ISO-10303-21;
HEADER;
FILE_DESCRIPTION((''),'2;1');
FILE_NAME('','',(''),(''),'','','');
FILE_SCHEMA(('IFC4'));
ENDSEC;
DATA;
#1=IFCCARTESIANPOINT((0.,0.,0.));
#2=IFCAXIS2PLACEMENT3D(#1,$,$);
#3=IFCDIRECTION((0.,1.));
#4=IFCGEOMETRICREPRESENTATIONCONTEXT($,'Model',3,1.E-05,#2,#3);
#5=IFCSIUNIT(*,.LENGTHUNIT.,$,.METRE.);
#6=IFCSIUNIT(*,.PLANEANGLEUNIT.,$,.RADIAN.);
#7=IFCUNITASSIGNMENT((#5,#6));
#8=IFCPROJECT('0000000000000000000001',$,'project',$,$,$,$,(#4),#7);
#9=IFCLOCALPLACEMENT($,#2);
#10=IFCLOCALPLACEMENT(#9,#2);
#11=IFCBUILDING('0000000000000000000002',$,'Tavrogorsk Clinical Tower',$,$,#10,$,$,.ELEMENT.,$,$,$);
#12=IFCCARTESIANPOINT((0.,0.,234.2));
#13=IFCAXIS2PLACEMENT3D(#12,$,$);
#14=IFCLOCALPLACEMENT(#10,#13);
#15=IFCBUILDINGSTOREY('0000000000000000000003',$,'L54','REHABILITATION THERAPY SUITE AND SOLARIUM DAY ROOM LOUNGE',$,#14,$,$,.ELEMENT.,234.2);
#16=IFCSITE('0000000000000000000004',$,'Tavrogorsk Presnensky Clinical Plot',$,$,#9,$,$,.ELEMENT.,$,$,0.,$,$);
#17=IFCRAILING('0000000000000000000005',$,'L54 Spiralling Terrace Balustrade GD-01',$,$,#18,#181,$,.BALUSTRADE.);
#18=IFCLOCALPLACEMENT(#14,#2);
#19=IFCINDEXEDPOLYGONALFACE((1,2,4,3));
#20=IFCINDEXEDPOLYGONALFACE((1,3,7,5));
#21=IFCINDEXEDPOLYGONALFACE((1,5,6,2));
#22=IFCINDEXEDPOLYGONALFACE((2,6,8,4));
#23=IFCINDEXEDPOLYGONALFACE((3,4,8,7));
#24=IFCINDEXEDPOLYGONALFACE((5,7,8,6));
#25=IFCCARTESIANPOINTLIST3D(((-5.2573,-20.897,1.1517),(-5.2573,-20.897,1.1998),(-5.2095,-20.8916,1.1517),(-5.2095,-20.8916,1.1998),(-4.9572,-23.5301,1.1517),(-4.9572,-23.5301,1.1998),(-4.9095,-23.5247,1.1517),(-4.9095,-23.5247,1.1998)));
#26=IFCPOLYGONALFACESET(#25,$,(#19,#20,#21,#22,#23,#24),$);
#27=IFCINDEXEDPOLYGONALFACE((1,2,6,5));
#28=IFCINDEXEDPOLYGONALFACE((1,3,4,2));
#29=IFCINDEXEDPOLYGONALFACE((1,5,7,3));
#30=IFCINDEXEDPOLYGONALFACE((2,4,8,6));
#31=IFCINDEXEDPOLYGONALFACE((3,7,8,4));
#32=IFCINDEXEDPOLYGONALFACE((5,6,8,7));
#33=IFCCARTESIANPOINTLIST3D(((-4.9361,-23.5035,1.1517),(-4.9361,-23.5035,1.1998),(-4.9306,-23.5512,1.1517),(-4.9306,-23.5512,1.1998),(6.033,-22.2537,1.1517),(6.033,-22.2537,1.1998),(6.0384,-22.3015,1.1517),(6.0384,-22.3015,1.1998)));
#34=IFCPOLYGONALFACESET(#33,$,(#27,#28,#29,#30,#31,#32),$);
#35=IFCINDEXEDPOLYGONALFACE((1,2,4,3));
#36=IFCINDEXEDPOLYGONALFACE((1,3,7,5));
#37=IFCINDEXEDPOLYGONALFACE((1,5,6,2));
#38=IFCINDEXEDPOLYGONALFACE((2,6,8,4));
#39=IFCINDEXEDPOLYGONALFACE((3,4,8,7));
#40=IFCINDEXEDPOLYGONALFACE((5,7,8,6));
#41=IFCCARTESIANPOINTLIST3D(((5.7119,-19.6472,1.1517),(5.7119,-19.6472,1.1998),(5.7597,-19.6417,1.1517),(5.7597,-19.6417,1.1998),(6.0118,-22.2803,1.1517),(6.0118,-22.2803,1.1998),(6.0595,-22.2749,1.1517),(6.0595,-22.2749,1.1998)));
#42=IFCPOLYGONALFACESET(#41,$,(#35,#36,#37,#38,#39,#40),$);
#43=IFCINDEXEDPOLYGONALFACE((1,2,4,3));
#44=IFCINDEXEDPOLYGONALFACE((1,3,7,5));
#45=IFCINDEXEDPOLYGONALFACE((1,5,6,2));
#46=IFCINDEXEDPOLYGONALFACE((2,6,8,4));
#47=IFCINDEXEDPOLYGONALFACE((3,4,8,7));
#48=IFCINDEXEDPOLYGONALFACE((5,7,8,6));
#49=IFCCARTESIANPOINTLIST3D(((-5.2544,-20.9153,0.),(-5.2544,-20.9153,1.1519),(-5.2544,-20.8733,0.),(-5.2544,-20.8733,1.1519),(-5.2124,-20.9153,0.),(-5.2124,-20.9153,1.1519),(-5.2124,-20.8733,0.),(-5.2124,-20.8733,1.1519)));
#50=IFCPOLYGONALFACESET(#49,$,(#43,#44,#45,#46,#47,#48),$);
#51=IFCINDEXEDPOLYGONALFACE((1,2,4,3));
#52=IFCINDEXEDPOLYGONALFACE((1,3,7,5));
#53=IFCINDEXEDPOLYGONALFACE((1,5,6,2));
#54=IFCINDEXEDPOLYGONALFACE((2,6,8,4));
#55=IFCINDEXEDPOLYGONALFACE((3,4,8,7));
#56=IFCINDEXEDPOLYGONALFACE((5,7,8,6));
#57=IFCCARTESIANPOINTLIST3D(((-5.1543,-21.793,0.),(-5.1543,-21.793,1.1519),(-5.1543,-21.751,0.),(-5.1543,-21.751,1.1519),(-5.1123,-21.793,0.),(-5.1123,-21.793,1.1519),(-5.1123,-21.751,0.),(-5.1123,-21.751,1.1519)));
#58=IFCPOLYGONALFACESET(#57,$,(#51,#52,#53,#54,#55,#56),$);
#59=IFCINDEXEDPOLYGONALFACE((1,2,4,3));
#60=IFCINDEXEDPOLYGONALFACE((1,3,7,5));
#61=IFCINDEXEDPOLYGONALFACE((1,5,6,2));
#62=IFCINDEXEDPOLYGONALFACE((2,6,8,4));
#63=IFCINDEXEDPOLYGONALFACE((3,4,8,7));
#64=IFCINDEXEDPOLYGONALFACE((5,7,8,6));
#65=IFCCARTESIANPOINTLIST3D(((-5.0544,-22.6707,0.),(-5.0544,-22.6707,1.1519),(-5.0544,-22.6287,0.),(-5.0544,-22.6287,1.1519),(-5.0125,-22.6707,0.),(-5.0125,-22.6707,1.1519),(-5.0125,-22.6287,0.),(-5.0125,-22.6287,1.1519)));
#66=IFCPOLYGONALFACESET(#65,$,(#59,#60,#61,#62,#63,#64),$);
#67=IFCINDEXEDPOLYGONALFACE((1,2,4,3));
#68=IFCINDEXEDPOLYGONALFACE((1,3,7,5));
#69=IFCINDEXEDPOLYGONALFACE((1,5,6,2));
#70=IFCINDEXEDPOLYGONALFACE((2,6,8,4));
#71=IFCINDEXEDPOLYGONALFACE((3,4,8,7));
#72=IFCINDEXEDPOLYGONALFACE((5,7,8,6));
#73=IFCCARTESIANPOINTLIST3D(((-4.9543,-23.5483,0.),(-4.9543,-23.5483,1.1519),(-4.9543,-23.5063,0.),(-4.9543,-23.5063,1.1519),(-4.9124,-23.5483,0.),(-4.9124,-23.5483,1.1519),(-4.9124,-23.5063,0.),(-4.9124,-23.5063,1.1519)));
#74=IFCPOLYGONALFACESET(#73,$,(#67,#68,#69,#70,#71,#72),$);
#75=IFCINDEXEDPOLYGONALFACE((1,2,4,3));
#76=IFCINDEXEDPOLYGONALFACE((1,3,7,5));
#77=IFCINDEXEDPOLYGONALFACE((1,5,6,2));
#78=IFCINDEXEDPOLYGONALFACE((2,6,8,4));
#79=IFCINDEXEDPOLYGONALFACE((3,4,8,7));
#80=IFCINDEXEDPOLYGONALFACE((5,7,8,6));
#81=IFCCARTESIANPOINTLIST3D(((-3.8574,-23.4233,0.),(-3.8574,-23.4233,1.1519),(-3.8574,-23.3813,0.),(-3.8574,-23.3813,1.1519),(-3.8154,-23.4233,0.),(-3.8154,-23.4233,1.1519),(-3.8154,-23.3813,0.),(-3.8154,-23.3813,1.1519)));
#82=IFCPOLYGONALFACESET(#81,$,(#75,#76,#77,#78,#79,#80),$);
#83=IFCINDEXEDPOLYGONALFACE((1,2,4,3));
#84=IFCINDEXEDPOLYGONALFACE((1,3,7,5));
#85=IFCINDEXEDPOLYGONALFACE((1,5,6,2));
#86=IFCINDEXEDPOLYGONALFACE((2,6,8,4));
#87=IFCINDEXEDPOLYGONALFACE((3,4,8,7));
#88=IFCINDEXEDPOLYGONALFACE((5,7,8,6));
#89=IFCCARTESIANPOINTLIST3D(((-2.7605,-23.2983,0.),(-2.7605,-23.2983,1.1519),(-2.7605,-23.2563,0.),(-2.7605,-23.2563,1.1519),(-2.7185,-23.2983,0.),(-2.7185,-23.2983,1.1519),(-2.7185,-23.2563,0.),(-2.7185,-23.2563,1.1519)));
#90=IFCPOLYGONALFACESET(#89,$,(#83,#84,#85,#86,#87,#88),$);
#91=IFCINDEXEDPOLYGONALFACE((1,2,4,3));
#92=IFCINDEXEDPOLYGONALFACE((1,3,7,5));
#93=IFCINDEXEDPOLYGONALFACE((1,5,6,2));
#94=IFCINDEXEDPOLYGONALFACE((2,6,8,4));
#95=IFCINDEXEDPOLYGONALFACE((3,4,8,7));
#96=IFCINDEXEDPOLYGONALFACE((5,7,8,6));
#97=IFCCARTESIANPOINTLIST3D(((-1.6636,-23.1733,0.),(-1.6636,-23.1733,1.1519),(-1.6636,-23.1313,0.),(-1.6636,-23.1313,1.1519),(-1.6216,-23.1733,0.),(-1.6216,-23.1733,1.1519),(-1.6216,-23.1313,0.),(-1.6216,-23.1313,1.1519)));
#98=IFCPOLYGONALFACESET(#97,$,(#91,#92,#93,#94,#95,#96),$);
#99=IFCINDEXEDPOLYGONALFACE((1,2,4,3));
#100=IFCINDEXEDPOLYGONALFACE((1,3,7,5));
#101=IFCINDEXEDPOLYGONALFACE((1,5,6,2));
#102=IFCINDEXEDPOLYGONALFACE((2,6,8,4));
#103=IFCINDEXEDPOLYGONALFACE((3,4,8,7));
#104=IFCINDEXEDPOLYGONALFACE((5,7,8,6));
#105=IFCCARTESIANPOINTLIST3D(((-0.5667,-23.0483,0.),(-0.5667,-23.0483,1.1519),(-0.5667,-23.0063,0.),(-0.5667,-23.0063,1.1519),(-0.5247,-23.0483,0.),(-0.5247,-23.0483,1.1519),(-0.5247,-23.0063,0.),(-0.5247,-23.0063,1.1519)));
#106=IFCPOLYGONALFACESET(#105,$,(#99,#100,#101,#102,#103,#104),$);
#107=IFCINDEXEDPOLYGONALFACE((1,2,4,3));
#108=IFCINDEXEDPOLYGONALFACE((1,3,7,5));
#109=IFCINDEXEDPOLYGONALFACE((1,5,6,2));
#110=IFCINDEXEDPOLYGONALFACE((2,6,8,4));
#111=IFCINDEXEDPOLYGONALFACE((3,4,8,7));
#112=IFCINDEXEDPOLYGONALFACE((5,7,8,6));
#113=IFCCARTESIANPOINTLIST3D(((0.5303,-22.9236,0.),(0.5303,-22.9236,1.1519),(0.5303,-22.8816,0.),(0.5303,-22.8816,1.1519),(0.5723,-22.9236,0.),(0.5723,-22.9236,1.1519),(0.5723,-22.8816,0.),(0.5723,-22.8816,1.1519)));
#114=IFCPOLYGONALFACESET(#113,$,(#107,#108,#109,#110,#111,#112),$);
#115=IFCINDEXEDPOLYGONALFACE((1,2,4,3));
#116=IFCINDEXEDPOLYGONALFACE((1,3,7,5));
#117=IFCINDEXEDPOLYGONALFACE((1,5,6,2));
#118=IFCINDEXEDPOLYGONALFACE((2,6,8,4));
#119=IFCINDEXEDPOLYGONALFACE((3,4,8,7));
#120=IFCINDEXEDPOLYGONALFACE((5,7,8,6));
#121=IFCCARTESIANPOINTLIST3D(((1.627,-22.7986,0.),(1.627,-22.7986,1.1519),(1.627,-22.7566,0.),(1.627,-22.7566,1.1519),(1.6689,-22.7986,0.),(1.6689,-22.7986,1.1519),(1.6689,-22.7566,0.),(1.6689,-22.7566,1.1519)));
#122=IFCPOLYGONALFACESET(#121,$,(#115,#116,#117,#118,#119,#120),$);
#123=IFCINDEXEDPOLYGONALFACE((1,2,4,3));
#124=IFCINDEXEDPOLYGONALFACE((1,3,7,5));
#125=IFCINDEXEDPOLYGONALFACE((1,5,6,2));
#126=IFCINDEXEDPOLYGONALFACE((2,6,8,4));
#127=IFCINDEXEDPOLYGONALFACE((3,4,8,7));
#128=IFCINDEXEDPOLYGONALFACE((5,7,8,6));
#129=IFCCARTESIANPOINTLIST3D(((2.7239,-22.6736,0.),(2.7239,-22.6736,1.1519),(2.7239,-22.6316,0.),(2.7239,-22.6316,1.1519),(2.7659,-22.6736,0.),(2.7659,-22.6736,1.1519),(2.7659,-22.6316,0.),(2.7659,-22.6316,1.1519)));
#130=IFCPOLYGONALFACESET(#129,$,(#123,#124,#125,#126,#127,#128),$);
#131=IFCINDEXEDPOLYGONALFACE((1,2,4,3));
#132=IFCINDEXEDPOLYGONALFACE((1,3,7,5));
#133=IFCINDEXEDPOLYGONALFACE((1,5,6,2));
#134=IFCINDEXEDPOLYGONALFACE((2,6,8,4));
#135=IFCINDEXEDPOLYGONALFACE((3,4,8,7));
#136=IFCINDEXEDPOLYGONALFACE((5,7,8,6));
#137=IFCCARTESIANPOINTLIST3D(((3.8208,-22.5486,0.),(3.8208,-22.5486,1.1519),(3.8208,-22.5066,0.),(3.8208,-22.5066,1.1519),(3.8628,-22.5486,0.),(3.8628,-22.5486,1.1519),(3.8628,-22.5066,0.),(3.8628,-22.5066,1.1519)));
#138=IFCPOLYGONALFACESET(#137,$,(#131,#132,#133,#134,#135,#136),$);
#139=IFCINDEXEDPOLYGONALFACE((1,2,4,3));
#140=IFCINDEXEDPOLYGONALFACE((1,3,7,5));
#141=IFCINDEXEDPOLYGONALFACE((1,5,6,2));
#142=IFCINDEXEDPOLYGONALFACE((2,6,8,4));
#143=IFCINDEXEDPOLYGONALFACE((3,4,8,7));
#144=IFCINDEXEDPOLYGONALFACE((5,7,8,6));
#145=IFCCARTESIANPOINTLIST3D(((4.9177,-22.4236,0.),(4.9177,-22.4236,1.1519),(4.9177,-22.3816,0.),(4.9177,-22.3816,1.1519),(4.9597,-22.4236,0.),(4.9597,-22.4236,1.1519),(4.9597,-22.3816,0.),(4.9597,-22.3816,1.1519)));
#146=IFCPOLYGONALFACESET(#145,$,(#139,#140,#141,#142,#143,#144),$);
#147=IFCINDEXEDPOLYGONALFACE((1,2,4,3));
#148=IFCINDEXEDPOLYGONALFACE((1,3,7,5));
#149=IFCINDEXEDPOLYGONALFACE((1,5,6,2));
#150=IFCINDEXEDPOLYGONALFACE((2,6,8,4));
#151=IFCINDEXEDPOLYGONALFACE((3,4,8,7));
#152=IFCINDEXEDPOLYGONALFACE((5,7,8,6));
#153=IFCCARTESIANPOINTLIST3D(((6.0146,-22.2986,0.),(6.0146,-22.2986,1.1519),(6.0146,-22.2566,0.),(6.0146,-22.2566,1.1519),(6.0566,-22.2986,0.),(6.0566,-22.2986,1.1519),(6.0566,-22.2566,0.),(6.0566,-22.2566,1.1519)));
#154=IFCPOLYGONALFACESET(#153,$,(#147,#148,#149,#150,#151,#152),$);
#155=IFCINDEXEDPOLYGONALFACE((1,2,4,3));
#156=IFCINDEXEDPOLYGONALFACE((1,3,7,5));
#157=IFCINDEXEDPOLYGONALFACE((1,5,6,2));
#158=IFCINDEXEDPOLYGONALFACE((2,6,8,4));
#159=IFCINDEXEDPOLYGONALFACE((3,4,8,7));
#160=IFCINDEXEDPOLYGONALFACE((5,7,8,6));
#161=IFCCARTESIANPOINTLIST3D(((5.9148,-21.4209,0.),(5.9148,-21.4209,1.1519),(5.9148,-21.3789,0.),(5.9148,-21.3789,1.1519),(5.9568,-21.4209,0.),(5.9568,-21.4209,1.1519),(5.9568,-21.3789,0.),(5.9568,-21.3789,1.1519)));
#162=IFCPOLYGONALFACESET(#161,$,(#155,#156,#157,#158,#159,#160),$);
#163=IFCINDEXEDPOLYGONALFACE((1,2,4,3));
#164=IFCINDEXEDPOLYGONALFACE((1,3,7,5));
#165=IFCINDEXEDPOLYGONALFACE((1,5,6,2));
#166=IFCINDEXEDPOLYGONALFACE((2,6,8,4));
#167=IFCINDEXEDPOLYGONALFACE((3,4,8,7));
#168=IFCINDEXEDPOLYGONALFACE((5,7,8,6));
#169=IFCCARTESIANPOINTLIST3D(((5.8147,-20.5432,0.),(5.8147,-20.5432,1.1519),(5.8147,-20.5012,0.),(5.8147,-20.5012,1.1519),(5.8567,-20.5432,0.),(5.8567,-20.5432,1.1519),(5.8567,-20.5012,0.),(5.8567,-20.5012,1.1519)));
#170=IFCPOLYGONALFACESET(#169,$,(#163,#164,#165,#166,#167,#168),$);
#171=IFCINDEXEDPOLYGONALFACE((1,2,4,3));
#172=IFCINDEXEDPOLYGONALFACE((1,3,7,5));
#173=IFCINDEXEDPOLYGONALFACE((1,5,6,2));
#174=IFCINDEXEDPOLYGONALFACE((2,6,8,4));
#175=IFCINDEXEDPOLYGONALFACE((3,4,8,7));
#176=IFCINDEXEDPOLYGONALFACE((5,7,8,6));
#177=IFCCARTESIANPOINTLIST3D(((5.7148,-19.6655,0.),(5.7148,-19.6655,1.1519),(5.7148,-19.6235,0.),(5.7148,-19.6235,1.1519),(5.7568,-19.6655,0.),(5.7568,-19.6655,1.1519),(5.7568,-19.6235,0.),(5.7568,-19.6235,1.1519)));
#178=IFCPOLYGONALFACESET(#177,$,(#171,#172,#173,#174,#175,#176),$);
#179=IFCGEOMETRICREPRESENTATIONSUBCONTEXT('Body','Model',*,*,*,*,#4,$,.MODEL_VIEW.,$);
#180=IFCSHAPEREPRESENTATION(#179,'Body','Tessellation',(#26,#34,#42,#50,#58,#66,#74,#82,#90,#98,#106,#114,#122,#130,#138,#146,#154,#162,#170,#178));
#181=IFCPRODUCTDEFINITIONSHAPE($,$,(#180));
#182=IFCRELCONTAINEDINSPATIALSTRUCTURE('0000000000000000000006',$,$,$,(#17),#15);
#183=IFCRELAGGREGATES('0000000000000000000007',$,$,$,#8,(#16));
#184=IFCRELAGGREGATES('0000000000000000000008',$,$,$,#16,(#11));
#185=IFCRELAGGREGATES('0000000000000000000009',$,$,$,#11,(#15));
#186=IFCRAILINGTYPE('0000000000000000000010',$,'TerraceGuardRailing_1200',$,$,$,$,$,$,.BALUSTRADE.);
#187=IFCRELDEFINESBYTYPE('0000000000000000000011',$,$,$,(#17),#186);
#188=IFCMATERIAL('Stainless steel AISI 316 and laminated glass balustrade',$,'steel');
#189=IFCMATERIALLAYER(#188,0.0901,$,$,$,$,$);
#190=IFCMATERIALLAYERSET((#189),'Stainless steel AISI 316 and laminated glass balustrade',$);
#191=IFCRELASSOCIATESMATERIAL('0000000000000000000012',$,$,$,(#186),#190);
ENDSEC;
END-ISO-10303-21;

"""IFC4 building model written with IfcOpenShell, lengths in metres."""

from ifc_helpers import new_model, si_unit, direction, frame, origin, origin_2d, place, context, subcontext, project, spatial, rectangle, extrude, material, layer, layer_set, type_object, element, save


model = new_model("IFC4")

# Units and contexts
model_context = context("Model", 3, precision=1e-05, world=origin(), true_north=direction((0.0, 1.0)))
body_context = subcontext(model_context, "Body", "Model", "MODEL_VIEW")
ifc_project = project(units=[si_unit("LENGTHUNIT", "METRE"), si_unit("PLANEANGLEUNIT", "RADIAN")], contexts=[model_context])

# Site, building, storey
site_placement = place(None, origin())
site = spatial("IfcSite", under=ifc_project, at=site_placement, Name="Tavrogorsk Presnensky Clinical Plot", CompositionType="ELEMENT", RefElevation=0.0)
building_placement = place(site_placement, origin())
building = spatial("IfcBuilding", under=site, at=building_placement, Name="Tavrogorsk Clinical Tower", CompositionType="ELEMENT")
storey_placement = place(building_placement, frame((0.0, 0.0, 234.2)))
storey = spatial("IfcBuildingStorey", under=building, at=storey_placement, Name="L54", Description="REHABILITATION THERAPY SUITE AND SOLARIUM DAY ROOM LOUNGE", CompositionType="ELEMENT", Elevation=234.2)

# Railing
ifc_material_1 = material(Name="Stainless steel AISI 316 and laminated glass balustrade", Category="steel")
ifc_layer_1 = layer(ifc_material_1, 0.0901)
ifc_layer_set_1 = layer_set([ifc_layer_1], Name="Stainless steel AISI 316 and laminated glass balustrade")
railing_type = type_object("IfcRailingType", Name="TerraceGuardRailing_1200", PredefinedType="BALUSTRADE", material=ifc_layer_set_1)
railing_placement = place(storey_placement, frame((-5.2334, -20.8943, 0.0)))
element("IfcRailing", 1, at=railing_placement, inside=storey, type_object=railing_type, Name="L54 Spiralling Terrace Balustrade GD-01", PredefinedType="BALUSTRADE", context=body_context, shape_type="SweptSolid", body=[
    extrude(rectangle(XDim=0.0481, YDim=0.0481, at=origin_2d()), frame((0.0, 0.0, 1.1758), z_axis=(0.113222, -0.99357, 0.0), x_axis=(0.99357, 0.113222, 0.0)), (0.0, 0.0, 1.0), 2.6501),
    extrude(rectangle(XDim=0.0481, YDim=0.0481, at=origin_2d()), frame((0.3, -2.6331, 1.1758), z_axis=(0.993572, 0.113203, 0.0), x_axis=(-0.113203, 0.993572, 0.0)), (0.0, 0.0, 1.0), 11.04),
    extrude(rectangle(XDim=0.0481, YDim=0.0481, at=origin_2d()), frame((11.269, -1.3833, 1.1758), z_axis=(-0.113131, 0.99358, 0.0), x_axis=(-0.99358, -0.113131, 0.0)), (0.0, 0.0, 1.0), 2.6501),
    extrude(rectangle(XDim=0.042, YDim=0.042, at=origin_2d()), origin(), (0.0, 0.0, 1.0), 1.1519),
    extrude(rectangle(XDim=0.042, YDim=0.042, at=origin_2d()), frame((0.1001, -0.8777, 0.0)), (0.0, 0.0, 1.0), 1.1519),
    extrude(rectangle(XDim=0.042, YDim=0.042, at=origin_2d()), frame((0.2, -1.7554, 0.0)), (0.0, 0.0, 1.0), 1.1519),
    extrude(rectangle(XDim=0.042, YDim=0.042, at=origin_2d()), frame((0.3, -2.6331, 0.0)), (0.0, 0.0, 1.0), 1.1519),
    extrude(rectangle(XDim=0.042, YDim=0.042, at=origin_2d()), frame((1.397, -2.5081, 0.0)), (0.0, 0.0, 1.0), 1.1519),
    extrude(rectangle(XDim=0.042, YDim=0.042, at=origin_2d()), frame((2.4939, -2.3831, 0.0)), (0.0, 0.0, 1.0), 1.1519),
    extrude(rectangle(XDim=0.042, YDim=0.042, at=origin_2d()), frame((3.5908, -2.2581, 0.0)), (0.0, 0.0, 1.0), 1.1519),
    extrude(rectangle(XDim=0.042, YDim=0.042, at=origin_2d()), frame((4.6877, -2.1331, 0.0)), (0.0, 0.0, 1.0), 1.1519),
    extrude(rectangle(XDim=0.042, YDim=0.042, at=origin_2d()), frame((5.7847, -2.0083, 0.0)), (0.0, 0.0, 1.0), 1.1519),
    extrude(rectangle(XDim=0.042, YDim=0.042, at=origin_2d()), frame((6.8813, -1.8833, 0.0)), (0.0, 0.0, 1.0), 1.1519),
    extrude(rectangle(XDim=0.042, YDim=0.042, at=origin_2d()), frame((7.9783, -1.7583, 0.0)), (0.0, 0.0, 1.0), 1.1519),
    extrude(rectangle(XDim=0.042, YDim=0.042, at=origin_2d()), frame((9.0752, -1.6333, 0.0)), (0.0, 0.0, 1.0), 1.1519),
    extrude(rectangle(XDim=0.042, YDim=0.042, at=origin_2d()), frame((10.1721, -1.5083, 0.0)), (0.0, 0.0, 1.0), 1.1519),
    extrude(rectangle(XDim=0.042, YDim=0.042, at=origin_2d()), frame((11.269, -1.3833, 0.0)), (0.0, 0.0, 1.0), 1.1519),
    extrude(rectangle(XDim=0.042, YDim=0.042, at=origin_2d()), frame((11.1692, -0.5056, 0.0)), (0.0, 0.0, 1.0), 1.1519),
    extrude(rectangle(XDim=0.042, YDim=0.042, at=origin_2d()), frame((11.0691, 0.3721, 0.0)), (0.0, 0.0, 1.0), 1.1519),
    extrude(rectangle(XDim=0.042, YDim=0.042, at=origin_2d()), frame((10.9692, 1.2498, 0.0)), (0.0, 0.0, 1.0), 1.1519),
])

save(model, "model.ifc")
